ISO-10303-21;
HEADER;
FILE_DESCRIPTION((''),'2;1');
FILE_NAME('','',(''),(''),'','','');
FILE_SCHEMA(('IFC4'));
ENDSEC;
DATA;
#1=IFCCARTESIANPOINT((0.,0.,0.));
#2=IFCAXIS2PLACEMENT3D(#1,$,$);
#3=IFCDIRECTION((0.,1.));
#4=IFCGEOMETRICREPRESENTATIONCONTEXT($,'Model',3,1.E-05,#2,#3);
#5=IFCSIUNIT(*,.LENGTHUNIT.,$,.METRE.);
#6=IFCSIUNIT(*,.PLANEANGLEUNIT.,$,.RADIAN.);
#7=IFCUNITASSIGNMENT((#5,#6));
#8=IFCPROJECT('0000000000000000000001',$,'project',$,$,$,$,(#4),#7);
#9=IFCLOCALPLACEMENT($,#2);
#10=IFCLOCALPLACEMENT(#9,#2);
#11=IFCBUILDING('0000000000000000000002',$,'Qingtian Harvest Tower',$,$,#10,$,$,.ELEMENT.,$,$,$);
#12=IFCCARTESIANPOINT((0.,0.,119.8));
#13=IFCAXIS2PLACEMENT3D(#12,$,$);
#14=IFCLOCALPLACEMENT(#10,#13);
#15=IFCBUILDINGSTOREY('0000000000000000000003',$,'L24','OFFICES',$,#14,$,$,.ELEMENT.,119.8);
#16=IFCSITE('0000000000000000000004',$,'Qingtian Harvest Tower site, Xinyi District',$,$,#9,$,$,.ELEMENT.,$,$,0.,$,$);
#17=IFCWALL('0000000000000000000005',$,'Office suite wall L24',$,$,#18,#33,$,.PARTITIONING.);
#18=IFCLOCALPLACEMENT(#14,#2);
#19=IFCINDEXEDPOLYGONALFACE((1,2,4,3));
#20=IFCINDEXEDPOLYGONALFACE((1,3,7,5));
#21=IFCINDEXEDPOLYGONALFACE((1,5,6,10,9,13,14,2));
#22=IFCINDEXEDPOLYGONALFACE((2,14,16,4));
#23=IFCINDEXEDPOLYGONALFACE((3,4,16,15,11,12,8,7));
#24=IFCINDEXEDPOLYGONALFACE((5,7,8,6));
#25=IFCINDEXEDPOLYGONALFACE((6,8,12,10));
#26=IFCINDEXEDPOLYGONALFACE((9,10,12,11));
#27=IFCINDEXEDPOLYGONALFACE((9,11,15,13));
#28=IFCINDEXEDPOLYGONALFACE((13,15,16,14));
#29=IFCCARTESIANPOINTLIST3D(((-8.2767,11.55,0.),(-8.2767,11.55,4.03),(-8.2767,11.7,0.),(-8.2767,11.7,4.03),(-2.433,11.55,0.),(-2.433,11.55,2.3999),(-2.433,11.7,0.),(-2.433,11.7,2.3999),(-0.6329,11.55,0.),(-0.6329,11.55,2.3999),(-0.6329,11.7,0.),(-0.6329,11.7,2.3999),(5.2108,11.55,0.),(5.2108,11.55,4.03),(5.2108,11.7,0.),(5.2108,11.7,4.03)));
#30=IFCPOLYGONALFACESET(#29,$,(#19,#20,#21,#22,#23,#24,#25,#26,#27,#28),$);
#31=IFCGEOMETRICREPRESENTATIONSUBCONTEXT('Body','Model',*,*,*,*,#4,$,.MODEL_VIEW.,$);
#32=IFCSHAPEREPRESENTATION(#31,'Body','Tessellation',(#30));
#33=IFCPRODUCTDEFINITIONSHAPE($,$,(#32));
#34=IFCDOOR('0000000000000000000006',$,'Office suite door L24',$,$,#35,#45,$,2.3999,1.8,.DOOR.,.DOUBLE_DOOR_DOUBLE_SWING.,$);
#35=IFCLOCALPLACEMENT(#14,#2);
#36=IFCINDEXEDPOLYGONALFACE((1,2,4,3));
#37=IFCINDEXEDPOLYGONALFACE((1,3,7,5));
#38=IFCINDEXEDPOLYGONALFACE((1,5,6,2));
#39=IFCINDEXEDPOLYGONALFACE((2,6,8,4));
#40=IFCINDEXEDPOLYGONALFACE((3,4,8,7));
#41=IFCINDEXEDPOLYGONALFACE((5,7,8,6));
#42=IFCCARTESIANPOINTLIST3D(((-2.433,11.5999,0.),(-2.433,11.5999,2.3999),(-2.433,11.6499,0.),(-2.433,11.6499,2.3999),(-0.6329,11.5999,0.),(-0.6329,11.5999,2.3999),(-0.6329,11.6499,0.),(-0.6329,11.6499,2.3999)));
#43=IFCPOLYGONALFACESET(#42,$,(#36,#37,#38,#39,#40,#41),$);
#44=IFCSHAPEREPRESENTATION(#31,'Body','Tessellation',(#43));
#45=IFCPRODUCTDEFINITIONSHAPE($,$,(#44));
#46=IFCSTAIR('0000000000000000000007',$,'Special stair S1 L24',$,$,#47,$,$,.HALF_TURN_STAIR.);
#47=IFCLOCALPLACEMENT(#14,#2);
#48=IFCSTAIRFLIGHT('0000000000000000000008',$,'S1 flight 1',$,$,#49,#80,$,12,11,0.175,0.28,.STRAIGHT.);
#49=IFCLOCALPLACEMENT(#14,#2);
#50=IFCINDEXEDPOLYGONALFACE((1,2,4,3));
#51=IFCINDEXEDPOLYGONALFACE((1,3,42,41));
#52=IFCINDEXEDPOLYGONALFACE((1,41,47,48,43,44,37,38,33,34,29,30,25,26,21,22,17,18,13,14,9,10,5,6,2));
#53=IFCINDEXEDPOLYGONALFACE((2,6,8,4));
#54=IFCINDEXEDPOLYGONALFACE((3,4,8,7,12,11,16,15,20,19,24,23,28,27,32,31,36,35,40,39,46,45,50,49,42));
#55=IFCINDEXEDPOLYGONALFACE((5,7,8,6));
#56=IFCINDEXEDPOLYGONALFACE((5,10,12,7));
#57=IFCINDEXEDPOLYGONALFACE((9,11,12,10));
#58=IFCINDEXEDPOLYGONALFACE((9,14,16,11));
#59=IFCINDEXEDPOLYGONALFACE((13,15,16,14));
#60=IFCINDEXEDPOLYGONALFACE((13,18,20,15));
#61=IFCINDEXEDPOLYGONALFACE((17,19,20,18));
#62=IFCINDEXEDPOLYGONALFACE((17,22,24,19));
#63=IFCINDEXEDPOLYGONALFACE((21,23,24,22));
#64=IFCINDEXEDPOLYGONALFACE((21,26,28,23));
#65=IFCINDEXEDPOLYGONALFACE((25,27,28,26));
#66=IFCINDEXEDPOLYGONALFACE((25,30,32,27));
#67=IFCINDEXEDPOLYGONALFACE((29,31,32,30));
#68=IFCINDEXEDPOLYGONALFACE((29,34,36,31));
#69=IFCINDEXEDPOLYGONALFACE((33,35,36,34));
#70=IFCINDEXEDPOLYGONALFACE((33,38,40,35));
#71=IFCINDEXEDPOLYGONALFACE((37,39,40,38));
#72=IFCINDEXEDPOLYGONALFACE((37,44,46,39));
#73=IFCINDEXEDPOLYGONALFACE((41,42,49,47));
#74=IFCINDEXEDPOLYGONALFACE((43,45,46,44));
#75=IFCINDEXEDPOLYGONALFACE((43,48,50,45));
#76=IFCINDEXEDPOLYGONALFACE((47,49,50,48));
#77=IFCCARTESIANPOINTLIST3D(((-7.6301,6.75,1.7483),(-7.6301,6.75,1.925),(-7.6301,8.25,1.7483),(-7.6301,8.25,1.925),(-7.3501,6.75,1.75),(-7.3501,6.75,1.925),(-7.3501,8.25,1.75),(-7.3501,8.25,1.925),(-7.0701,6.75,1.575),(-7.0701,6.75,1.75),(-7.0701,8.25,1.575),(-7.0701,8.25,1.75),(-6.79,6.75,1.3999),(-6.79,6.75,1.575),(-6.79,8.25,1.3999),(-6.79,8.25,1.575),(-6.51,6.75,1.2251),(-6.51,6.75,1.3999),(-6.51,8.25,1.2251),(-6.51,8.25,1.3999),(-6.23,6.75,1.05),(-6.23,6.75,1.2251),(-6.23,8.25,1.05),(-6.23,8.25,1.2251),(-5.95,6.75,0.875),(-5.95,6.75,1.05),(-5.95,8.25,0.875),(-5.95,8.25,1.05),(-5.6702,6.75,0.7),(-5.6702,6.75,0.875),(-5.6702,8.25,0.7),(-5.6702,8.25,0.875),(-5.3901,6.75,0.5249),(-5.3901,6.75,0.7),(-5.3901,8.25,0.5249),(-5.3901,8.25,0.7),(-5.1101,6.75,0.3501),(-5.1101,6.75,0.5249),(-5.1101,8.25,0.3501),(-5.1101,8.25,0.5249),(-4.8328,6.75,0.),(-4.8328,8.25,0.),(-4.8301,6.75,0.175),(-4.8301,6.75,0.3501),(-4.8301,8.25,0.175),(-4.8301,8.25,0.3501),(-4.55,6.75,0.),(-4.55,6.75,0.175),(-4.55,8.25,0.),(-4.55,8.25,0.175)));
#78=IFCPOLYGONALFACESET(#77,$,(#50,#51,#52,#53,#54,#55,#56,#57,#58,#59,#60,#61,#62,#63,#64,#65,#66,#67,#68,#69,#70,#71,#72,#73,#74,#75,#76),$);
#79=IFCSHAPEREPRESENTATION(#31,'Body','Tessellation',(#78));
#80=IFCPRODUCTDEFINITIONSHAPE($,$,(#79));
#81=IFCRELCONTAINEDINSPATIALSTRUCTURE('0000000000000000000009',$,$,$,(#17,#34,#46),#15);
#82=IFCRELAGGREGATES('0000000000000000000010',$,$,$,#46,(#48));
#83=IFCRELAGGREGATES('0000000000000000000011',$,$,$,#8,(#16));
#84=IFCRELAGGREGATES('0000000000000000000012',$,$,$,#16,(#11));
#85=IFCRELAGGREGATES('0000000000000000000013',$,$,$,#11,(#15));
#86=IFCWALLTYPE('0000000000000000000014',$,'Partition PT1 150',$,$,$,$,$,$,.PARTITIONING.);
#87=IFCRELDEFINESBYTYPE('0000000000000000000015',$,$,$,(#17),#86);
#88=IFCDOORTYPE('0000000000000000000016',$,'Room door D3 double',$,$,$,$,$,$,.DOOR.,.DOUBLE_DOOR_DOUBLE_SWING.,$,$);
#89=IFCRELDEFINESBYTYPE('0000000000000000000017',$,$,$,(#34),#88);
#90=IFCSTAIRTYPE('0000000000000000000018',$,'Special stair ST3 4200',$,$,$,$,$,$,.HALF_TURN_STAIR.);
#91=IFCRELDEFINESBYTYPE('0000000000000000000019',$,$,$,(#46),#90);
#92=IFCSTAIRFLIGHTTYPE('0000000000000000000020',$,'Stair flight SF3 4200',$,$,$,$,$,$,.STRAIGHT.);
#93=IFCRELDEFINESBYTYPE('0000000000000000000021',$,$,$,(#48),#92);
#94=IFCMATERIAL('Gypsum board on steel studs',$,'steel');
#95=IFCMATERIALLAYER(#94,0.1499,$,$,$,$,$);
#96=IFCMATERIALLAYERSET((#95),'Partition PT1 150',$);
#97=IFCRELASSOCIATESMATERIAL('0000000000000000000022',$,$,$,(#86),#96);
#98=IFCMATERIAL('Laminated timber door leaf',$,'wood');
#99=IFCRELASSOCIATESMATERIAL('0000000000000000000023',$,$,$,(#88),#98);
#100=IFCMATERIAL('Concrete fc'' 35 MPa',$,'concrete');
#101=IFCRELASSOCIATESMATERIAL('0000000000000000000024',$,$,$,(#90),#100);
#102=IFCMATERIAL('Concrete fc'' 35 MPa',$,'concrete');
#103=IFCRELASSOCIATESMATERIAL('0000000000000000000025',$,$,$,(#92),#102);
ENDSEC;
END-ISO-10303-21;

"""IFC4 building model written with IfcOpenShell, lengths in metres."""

from ifc_helpers import new_model, si_unit, direction, frame, frame_2d, origin, place, context, subcontext, project, spatial, polyline, rectangle, outline, extrude, material, layer, layer_set, type_object, element, fill, aggregate, save


model = new_model("IFC4")

# Units and contexts
model_context = context("Model", 3, precision=1e-05, world=origin(), true_north=direction((0.0, 1.0)))
body_context = subcontext(model_context, "Body", "Model", "MODEL_VIEW")
ifc_project = project(units=[si_unit("LENGTHUNIT", "METRE"), si_unit("PLANEANGLEUNIT", "RADIAN")], contexts=[model_context])

# Site, building, storey
site_placement = place(None, origin())
site = spatial("IfcSite", under=ifc_project, at=site_placement, Name="Qingtian Harvest Tower site, Xinyi District", CompositionType="ELEMENT", RefElevation=0.0)
building_placement = place(site_placement, origin())
building = spatial("IfcBuilding", under=site, at=building_placement, Name="Qingtian Harvest Tower", CompositionType="ELEMENT")
storey_placement = place(building_placement, frame((0.0, 0.0, 119.8)))
storey = spatial("IfcBuildingStorey", under=building, at=storey_placement, Name="L24", Description="OFFICES", CompositionType="ELEMENT", Elevation=119.8)

# Wall, opening, door
ifc_material_1 = material(Name="Gypsum board on steel studs", Category="steel")
ifc_layer_1 = layer(ifc_material_1, 0.1499)
ifc_layer_set_1 = layer_set([ifc_layer_1], Name="Partition PT1 150")
wall_type_1 = type_object("IfcWallType", Name="Partition PT1 150", PredefinedType="PARTITIONING", material=ifc_layer_set_1)
wall_1_placement = place(storey_placement, frame((-8.2766, 11.625, 0.0), z_axis=(0.0, 0.0, 1.0), x_axis=(1.0, 0.0, 0.0)))
wall_1 = element("IfcWall", 1, at=wall_1_placement, inside=storey, type_object=wall_type_1, Name="Office suite wall L24", PredefinedType="PARTITIONING", context=body_context, shape_type="SweptSolid", body=[
    extrude(rectangle(XDim=13.4875, YDim=0.1499, at=frame_2d((6.7437, 0.0))), origin(), (0.0, 0.0, 1.0), 4.03),
])
opening_1_placement = place(wall_1_placement, frame((5.8438, 0.0, 0.0)))
opening_1 = element("IfcOpeningElement", 2, at=opening_1_placement, cuts=wall_1, PredefinedType="OPENING", context=body_context, shape_type="SweptSolid", body=[
    extrude(rectangle(XDim=1.8, YDim=2.3999, at=frame_2d((0.8999, 1.2))), frame((0.0, 0.085, 0.0), z_axis=(0.0, -1.0, 0.0), x_axis=(1.0, 0.0, 0.0)), (0.0, 0.0, 1.0), 0.1699),
])
ifc_material_2 = material(Name="Laminated timber door leaf", Category="wood")
door_type_1 = type_object("IfcDoorType", Name="Room door D3 double", OperationType="DOUBLE_DOOR_DOUBLE_SWING", PredefinedType="DOOR", material=ifc_material_2)
door_1_placement = place(opening_1_placement, origin())
door_1 = element("IfcDoor", 3, at=door_1_placement, inside=storey, type_object=door_type_1, Name="Office suite door L24", OperationType="DOUBLE_DOOR_DOUBLE_SWING", OverallHeight=2.3999, OverallWidth=1.8, PredefinedType="DOOR", context=body_context, shape_type="SweptSolid", body=[
    extrude(rectangle(XDim=1.8, YDim=2.3999, at=frame_2d((0.8999, 1.2))), frame((0.0, 0.0249, 0.0), z_axis=(0.0, -1.0, 0.0), x_axis=(1.0, 0.0, 0.0)), (0.0, 0.0, 1.0), 0.05),
])
fill(opening_1, door_1)

# Stair, stair flight
ifc_material_3 = material(Name="Concrete fc' 35 MPa", Category="concrete")
stair_type = type_object("IfcStairType", Name="Special stair ST3 4200", PredefinedType="HALF_TURN_STAIR", material=ifc_material_3)
stair_placement = place(storey_placement, origin())
stair = element("IfcStair", 4, at=stair_placement, inside=storey, type_object=stair_type, Name="Special stair S1 L24", PredefinedType="HALF_TURN_STAIR")
ifc_material_4 = material(Name="Concrete fc' 35 MPa", Category="concrete")
stair_flight_type = type_object("IfcStairFlightType", Name="Stair flight SF3 4200", PredefinedType="STRAIGHT", material=ifc_material_4)
stair_flight_placement = place(storey_placement, frame((-4.55, 7.5, 0.0), z_axis=(0.0, 0.0, 1.0), x_axis=(-1.0, 0.0, 0.0)))
stair_flight = element("IfcStairFlight", 5, at=stair_flight_placement, type_object=stair_flight_type, Name="S1 flight 1", NumberOfRisers=12, NumberOfTreads=11, PredefinedType="STRAIGHT", RiserHeight=0.175, TreadLength=0.28, context=body_context, shape_type="SweptSolid", body=[
    extrude(outline(polyline([(0.0, 0.0), (0.0, 0.175), (0.28, 0.175), (0.28, 0.3501), (0.5601, 0.3501), (0.5601, 0.5249), (0.8401, 0.5249), (0.8401, 0.7), (1.1201, 0.7), (1.1201, 0.875), (1.3999, 0.875), (1.3999, 1.05), (1.6799, 1.05), (1.6799, 1.2251), (1.96, 1.2251), (1.96, 1.3999), (2.24, 1.3999), (2.24, 1.575), (2.52, 1.575), (2.52, 1.75), (2.8, 1.75), (2.8, 1.925), (3.0801, 1.925), (3.0801, 2.1001), (3.0801, 1.7483), (0.2827, 0.0), (0.0, 0.0)])), frame((0.0, 0.75, 0.0), z_axis=(0.0, -1.0, 0.0), x_axis=(1.0, 0.0, 0.0)), (0.0, 0.0, 1.0), 1.5),
])
aggregate(stair, [stair_flight])

save(model, "model.ifc")
